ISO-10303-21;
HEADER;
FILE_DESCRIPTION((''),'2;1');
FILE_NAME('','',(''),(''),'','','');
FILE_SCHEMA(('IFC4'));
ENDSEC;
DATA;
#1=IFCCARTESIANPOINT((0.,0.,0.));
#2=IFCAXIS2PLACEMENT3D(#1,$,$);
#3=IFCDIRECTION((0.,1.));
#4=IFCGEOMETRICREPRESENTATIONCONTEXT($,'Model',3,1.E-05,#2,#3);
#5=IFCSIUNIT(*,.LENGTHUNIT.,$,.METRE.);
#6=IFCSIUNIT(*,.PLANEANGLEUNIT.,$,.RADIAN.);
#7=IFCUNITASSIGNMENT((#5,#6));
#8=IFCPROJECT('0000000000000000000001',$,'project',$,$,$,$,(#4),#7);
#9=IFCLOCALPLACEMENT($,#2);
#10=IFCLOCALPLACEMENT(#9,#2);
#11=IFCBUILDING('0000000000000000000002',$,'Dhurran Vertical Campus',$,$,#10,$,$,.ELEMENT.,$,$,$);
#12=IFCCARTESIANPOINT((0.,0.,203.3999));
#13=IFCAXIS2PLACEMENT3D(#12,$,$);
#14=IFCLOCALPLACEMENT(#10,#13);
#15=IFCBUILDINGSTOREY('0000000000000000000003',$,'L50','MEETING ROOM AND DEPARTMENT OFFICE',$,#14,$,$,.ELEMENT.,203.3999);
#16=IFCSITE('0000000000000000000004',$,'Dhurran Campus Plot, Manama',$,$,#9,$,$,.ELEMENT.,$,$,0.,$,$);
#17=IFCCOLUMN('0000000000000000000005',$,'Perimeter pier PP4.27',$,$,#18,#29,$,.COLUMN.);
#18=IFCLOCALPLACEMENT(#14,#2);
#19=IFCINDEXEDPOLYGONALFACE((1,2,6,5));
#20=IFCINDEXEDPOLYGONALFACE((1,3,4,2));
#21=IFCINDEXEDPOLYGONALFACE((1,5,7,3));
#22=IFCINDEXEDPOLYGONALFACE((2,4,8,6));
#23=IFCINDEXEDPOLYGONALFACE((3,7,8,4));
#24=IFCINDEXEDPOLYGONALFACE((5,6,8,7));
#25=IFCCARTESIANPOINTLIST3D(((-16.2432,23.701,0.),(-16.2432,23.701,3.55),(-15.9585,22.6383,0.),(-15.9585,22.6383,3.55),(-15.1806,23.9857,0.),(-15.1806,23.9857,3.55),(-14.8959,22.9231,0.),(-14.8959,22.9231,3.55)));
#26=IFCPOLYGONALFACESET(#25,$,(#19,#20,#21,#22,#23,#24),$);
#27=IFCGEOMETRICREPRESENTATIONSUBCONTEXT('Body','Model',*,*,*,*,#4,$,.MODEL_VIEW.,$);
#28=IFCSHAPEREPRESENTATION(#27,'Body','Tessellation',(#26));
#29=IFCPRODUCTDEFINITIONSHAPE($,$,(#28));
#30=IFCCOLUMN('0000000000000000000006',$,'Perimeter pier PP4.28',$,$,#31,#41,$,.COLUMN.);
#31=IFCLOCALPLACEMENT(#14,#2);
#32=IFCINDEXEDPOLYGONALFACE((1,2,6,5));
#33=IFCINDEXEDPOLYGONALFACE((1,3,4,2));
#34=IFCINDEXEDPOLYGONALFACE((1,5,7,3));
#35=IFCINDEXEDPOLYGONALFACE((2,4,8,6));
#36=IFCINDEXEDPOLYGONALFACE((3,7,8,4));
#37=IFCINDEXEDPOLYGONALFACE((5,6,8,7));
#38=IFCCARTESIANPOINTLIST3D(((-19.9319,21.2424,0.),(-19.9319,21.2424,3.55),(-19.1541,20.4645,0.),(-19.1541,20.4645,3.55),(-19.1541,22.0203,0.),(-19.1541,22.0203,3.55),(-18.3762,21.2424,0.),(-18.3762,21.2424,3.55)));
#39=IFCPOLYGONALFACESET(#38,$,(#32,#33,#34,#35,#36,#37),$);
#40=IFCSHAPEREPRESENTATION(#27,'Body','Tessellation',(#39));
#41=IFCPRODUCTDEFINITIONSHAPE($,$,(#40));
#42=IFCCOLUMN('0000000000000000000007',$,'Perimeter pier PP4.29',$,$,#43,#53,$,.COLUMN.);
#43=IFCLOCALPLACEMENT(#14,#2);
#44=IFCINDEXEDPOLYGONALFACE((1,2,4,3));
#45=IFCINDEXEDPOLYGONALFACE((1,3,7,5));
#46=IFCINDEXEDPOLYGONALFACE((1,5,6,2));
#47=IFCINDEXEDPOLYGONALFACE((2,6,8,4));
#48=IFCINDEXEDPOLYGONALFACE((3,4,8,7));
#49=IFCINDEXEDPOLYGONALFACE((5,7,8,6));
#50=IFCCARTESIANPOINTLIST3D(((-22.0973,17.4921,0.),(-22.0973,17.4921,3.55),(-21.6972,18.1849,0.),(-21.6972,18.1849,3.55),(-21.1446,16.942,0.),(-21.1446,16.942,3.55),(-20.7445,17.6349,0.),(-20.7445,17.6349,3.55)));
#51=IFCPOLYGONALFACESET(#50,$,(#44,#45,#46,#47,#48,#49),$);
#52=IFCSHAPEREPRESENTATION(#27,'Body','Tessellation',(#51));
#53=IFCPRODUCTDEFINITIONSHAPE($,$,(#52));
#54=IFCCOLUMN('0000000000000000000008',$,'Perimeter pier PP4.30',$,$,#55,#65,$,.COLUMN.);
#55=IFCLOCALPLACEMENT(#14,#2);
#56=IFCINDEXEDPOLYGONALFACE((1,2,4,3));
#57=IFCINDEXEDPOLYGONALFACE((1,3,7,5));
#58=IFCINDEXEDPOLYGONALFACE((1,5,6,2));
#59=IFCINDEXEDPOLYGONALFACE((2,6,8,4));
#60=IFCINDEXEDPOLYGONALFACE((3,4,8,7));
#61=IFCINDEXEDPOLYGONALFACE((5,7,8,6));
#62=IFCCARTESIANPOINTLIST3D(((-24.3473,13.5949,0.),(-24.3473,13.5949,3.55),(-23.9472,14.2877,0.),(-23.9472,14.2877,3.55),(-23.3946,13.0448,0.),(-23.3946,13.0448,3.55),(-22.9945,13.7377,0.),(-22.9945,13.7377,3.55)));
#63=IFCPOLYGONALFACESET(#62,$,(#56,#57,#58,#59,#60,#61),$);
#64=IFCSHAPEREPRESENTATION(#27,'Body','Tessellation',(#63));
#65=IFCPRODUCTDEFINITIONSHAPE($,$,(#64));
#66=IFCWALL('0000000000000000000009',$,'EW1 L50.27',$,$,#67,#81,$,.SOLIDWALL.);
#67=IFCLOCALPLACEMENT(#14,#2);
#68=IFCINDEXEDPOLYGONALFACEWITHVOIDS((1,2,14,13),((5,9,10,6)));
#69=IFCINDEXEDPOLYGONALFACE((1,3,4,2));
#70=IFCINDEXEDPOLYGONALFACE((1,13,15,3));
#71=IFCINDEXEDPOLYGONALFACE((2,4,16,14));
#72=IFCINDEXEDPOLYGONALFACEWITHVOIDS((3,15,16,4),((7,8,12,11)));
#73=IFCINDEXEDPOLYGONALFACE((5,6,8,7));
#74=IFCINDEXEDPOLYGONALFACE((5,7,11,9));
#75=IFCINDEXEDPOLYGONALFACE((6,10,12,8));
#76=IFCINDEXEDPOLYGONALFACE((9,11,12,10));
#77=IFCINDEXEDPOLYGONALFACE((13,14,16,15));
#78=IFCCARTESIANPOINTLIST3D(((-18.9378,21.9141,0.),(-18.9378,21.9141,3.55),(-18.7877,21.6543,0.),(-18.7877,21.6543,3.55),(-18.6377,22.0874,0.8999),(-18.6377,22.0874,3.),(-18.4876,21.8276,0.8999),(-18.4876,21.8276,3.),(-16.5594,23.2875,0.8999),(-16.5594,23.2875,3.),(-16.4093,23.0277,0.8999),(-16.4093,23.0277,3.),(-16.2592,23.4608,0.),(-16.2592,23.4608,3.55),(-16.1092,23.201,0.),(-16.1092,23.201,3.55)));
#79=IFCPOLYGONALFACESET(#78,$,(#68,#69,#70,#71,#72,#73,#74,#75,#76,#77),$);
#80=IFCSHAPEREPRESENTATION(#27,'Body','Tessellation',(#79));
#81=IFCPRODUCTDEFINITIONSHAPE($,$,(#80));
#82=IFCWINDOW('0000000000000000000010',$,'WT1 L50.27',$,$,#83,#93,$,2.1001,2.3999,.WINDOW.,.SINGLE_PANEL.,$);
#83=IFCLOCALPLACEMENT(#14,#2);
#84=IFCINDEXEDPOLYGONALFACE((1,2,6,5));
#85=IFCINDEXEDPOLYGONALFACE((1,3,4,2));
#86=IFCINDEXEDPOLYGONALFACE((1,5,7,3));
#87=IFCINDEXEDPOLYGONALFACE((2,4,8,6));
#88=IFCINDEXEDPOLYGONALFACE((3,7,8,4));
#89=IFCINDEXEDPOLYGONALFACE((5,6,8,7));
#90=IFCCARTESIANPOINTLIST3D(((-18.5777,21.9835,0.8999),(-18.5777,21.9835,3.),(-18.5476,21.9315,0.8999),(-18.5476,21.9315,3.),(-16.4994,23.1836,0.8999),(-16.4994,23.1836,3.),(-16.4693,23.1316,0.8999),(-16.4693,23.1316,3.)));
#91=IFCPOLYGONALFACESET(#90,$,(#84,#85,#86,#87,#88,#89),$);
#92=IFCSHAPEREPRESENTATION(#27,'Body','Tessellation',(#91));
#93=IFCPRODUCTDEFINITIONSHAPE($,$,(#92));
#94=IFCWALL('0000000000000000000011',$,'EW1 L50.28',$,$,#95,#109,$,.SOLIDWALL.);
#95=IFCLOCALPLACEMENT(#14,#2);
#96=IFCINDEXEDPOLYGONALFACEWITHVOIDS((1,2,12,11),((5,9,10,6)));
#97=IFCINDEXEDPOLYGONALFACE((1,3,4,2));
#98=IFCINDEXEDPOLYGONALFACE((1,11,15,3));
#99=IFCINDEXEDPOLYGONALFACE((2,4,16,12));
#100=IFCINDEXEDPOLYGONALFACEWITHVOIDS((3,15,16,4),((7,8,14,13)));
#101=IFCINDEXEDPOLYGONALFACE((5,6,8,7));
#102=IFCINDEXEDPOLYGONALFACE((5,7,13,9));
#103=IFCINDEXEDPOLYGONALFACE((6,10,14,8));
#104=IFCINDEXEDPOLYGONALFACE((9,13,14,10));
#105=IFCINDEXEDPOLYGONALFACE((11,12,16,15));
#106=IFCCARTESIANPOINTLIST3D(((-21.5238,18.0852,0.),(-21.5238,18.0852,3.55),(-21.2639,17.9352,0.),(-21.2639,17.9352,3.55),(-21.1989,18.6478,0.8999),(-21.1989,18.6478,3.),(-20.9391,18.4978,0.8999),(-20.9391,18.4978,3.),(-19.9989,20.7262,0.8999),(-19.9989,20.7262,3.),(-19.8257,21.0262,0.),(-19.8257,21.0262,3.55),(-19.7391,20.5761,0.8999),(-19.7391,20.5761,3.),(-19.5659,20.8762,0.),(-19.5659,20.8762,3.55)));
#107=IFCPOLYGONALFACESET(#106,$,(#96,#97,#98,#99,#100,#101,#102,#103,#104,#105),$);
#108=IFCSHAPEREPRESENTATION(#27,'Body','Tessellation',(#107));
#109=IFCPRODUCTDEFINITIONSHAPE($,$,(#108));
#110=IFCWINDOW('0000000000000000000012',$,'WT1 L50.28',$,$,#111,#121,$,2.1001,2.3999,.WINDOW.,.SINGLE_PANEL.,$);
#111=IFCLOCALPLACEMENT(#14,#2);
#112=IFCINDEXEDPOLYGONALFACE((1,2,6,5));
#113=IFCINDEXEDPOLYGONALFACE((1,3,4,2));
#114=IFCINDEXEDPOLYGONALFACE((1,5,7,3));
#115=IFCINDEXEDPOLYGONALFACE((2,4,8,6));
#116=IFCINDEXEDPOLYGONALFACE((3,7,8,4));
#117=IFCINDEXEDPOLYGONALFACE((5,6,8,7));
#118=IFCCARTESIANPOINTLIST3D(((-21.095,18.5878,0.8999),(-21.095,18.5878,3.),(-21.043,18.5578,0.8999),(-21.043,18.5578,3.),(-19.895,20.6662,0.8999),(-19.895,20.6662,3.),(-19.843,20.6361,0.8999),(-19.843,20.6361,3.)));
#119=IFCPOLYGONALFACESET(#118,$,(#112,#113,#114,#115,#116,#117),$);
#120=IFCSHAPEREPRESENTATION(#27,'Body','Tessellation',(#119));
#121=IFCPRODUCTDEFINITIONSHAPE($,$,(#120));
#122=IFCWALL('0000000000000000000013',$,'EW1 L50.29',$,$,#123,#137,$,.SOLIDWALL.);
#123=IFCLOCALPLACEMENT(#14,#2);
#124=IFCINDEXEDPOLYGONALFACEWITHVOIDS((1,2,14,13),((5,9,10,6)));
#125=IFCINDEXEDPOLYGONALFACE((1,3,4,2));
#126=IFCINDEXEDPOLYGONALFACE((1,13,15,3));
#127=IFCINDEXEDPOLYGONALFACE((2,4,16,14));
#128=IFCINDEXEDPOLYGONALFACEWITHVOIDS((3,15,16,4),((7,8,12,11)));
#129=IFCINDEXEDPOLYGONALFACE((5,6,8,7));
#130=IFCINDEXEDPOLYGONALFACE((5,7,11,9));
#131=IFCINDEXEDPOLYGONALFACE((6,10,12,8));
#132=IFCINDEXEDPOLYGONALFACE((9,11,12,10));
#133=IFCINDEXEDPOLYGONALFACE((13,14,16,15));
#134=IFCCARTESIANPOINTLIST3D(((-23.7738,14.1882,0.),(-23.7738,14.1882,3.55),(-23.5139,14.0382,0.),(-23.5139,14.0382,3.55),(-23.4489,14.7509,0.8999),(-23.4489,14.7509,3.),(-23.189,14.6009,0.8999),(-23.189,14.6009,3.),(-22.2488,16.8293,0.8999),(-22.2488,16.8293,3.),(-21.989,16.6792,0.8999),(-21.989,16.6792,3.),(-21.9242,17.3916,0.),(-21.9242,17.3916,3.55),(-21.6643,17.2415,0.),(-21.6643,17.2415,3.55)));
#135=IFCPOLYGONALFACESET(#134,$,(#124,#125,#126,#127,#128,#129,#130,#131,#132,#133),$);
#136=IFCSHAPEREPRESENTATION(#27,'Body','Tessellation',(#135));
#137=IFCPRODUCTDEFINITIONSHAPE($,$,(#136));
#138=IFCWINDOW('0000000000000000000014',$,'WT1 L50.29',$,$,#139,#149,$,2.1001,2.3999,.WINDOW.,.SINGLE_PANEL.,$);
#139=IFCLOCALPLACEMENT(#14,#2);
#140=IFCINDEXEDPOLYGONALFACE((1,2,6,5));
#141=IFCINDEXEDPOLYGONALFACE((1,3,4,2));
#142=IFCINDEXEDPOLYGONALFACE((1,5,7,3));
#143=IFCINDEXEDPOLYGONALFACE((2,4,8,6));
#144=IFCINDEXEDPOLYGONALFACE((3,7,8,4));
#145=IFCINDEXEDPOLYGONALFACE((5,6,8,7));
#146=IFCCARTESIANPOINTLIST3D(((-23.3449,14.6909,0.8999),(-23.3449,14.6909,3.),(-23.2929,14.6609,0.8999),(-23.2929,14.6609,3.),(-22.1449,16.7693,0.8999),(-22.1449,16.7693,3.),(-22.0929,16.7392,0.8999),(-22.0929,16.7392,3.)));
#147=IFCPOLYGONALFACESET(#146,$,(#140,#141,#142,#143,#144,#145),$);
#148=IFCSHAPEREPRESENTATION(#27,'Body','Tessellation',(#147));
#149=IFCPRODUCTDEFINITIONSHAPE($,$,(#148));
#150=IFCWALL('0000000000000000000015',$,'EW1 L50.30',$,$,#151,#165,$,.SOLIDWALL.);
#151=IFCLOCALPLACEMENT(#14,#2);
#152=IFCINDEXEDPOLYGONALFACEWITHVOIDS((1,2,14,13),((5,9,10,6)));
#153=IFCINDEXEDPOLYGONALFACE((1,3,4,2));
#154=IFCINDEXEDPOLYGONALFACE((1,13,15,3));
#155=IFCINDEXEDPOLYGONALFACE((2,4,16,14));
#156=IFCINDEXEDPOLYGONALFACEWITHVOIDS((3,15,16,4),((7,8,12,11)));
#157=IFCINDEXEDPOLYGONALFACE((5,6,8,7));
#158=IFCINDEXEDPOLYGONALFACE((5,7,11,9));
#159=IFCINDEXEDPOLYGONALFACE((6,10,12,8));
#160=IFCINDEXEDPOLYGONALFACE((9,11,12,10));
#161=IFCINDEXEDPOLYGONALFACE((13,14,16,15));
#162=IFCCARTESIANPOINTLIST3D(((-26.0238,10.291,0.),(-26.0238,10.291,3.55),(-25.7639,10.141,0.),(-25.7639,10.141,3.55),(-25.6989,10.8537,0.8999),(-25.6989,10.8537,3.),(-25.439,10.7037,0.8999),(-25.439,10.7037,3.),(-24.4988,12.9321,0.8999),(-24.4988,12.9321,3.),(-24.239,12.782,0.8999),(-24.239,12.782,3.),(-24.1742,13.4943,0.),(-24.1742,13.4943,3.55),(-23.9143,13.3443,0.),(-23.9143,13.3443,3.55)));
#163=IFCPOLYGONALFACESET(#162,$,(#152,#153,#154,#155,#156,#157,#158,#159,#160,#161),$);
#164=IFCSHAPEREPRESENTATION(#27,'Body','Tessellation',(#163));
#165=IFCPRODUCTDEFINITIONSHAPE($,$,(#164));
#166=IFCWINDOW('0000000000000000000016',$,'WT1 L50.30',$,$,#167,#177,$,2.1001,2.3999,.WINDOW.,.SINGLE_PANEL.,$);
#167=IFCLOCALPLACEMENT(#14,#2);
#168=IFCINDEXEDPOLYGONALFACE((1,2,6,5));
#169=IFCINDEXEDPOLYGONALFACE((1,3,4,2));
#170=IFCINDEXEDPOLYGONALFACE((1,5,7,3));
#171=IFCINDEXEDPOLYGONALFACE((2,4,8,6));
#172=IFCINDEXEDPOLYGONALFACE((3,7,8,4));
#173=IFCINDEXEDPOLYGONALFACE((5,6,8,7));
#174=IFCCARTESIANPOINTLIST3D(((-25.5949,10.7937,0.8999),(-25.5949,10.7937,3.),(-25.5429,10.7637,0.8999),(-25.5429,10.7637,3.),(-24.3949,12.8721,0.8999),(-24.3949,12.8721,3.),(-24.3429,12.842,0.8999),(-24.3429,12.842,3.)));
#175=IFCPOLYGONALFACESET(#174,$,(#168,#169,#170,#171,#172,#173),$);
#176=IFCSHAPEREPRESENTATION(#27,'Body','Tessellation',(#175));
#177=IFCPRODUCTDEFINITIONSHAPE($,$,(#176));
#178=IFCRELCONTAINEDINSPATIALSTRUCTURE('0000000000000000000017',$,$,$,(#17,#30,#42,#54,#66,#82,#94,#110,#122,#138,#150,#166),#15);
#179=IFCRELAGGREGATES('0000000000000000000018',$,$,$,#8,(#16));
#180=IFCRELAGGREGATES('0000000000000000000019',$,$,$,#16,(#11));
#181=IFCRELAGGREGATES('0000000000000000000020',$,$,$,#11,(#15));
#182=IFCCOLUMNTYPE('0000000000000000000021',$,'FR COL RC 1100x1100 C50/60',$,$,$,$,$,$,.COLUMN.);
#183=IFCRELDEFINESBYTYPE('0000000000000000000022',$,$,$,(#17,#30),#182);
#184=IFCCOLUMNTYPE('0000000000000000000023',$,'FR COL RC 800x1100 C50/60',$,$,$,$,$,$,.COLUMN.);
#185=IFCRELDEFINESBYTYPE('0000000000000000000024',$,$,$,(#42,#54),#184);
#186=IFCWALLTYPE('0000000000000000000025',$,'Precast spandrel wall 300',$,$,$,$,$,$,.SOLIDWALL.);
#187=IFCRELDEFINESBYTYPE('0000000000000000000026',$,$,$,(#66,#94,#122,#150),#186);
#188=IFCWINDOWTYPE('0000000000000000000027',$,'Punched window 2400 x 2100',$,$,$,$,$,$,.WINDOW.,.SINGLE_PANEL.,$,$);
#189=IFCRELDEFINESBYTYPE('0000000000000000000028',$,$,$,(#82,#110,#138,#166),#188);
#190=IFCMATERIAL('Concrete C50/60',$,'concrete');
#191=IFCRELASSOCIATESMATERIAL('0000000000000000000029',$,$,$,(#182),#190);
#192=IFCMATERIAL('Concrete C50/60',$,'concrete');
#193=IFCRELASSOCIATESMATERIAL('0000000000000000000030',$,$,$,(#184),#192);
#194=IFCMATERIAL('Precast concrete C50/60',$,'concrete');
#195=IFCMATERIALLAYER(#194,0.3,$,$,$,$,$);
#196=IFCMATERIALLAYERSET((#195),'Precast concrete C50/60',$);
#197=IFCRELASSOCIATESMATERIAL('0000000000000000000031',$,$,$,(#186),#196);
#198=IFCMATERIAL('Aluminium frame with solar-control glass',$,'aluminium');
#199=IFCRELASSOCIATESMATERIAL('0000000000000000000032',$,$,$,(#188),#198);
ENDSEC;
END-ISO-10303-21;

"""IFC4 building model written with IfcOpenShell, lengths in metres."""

from ifc_helpers import new_model, si_unit, direction, frame, frame_2d, origin, origin_2d, place, context, subcontext, project, spatial, rectangle, extrude, material, layer, layer_set, material_profile, profile_set, type_object, element, fill, save


model = new_model("IFC4")

# Units and contexts
model_context = context("Model", 3, precision=1e-05, world=origin(), true_north=direction((0.0, 1.0)))
body_context = subcontext(model_context, "Body", "Model", "MODEL_VIEW")
ifc_project = project(units=[si_unit("LENGTHUNIT", "METRE"), si_unit("PLANEANGLEUNIT", "RADIAN")], contexts=[model_context])

# Site, building, storey
site_placement = place(None, origin())
site = spatial("IfcSite", under=ifc_project, at=site_placement, Name="Dhurran Campus Plot, Manama", CompositionType="ELEMENT", RefElevation=0.0)
building_placement = place(site_placement, origin())
building = spatial("IfcBuilding", under=site, at=building_placement, Name="Dhurran Vertical Campus", CompositionType="ELEMENT")
storey_placement = place(building_placement, frame((0.0, 0.0, 203.3999)))
storey = spatial("IfcBuildingStorey", under=building, at=storey_placement, Name="L50", Description="MEETING ROOM AND DEPARTMENT OFFICE", CompositionType="ELEMENT", Elevation=203.3999)

# Columns
ifc_material_1 = material(Name="Concrete C50/60", Category="concrete")
ifc_material_profile_1 = material_profile(ifc_material_1, rectangle(XDim=1.1001, YDim=1.1001, at=origin_2d()), Name="RC 1100x1100")
ifc_profile_set_1 = profile_set([ifc_material_profile_1], Name="Concrete C50/60")
column_type_1 = type_object("IfcColumnType", Name="FR COL RC 1100x1100 C50/60", PredefinedType="COLUMN", material=ifc_profile_set_1)
for number, where, z_axis, x_axis, name in (
    (1, (-15.5696, 23.312, 0.0), (0.0, 0.0, 1.0), (-0.965926, -0.258819, 0.0), "Perimeter pier PP4.27"),
    (2, (-19.1541, 21.2424, 0.0), (0.0, 0.0, 1.0), (-0.707107, -0.707107, 0.0), "Perimeter pier PP4.28"),
):
    element("IfcColumn", number, at=place(storey_placement, frame(where, z_axis=z_axis, x_axis=x_axis)), inside=storey, type_object=column_type_1, Name=name, PredefinedType="COLUMN", context=body_context, shape_type="SweptSolid", body=[
        extrude(rectangle(XDim=1.1001, YDim=1.1001, at=origin_2d()), origin(), (0.0, 0.0, 1.0), 3.55),
    ])
ifc_material_2 = material(Name="Concrete C50/60", Category="concrete")
ifc_material_profile_2 = material_profile(ifc_material_2, rectangle(XDim=0.8, YDim=1.1001, at=origin_2d()), Name="RC 800x1100")
ifc_profile_set_2 = profile_set([ifc_material_profile_2], Name="Concrete C50/60")
column_type_2 = type_object("IfcColumnType", Name="FR COL RC 800x1100 C50/60", PredefinedType="COLUMN", material=ifc_profile_set_2)
for number, where, z_axis, x_axis, name in (
    (3, (-21.4209, 17.5635, 0.0), (0.0, 0.0, 1.0), (-0.5, -0.866025, 0.0), "Perimeter pier PP4.29"),
    (4, (-23.6709, 13.6663, 0.0), (0.0, 0.0, 1.0), (-0.5, -0.866025, 0.0), "Perimeter pier PP4.30"),
):
    element("IfcColumn", number, at=place(storey_placement, frame(where, z_axis=z_axis, x_axis=x_axis)), inside=storey, type_object=column_type_2, Name=name, PredefinedType="COLUMN", context=body_context, shape_type="SweptSolid", body=[
        extrude(rectangle(XDim=0.8, YDim=1.1001, at=origin_2d()), origin(), (0.0, 0.0, 1.0), 3.55),
    ])

# Walls, openings, windows
ifc_material_3 = material(Name="Precast concrete C50/60", Category="concrete")
ifc_layer_1 = layer(ifc_material_3, 0.3)
ifc_layer_set_1 = layer_set([ifc_layer_1], Name="Precast concrete C50/60")
wall_type_1 = type_object("IfcWallType", Name="Precast spandrel wall 300", PredefinedType="SOLIDWALL", material=ifc_layer_set_1)
wall_1_placement = place(storey_placement, frame((-16.1843, 23.3308, 0.0), z_axis=(0.0, 0.0, 1.0), x_axis=(-0.865995, -0.500053, 0.0)))
wall_1 = element("IfcWall", 5, at=wall_1_placement, inside=storey, type_object=wall_type_1, Name="EW1 L50.27", PredefinedType="SOLIDWALL", context=body_context, shape_type="SweptSolid", body=[
    extrude(rectangle(XDim=3.093, YDim=0.3, at=frame_2d((1.5464, 0.0))), origin(), (0.0, 0.0, 1.0), 3.55),
])
opening_1_placement = place(wall_1_placement, frame((0.3464, 0.0, 0.8999)))
opening_1 = element("IfcOpeningElement", 6, at=opening_1_placement, cuts=wall_1, PredefinedType="OPENING", context=body_context, shape_type="SweptSolid", body=[
    extrude(rectangle(XDim=2.3999, YDim=2.1001, at=frame_2d((1.2, 1.05))), frame((0.0, 0.1599, 0.0), z_axis=(0.0, -1.0, 0.0), x_axis=(1.0, 0.0, 0.0)), (0.0, 0.0, 1.0), 0.3201),
])
ifc_material_4 = material(Name="Aluminium frame with solar-control glass", Category="aluminium")
window_type = type_object("IfcWindowType", Name="Punched window 2400 x 2100", PartitioningType="SINGLE_PANEL", PredefinedType="WINDOW", material=ifc_material_4)
window_1_placement = place(opening_1_placement, origin())
window_1 = element("IfcWindow", 7, at=window_1_placement, inside=storey, type_object=window_type, Name="WT1 L50.27", OverallHeight=2.1001, OverallWidth=2.3999, PartitioningType="SINGLE_PANEL", PredefinedType="WINDOW", context=body_context, shape_type="SweptSolid", body=[
    extrude(rectangle(XDim=2.3999, YDim=2.1001, at=frame_2d((1.2, 1.05))), frame((0.0, 0.03, 0.0), z_axis=(0.0, -1.0, 0.0), x_axis=(1.0, 0.0, 0.0)), (0.0, 0.0, 1.0), 0.0601),
])
fill(opening_1, window_1)
wall_2_placement = place(storey_placement, frame((-19.6958, 20.9512, 0.0), z_axis=(0.0, 0.0, 1.0), x_axis=(-0.500013, -0.866018, 0.0)))
wall_2 = element("IfcWall", 8, at=wall_2_placement, inside=storey, type_object=wall_type_1, Name="EW1 L50.28", PredefinedType="SOLIDWALL", context=body_context, shape_type="SweptSolid", body=[
    extrude(rectangle(XDim=3.396, YDim=0.3, at=frame_2d((1.698, 0.0))), origin(), (0.0, 0.0, 1.0), 3.55),
])
opening_2_placement = place(wall_2_placement, frame((0.3464, 0.0, 0.8999)))
opening_2 = element("IfcOpeningElement", 9, at=opening_2_placement, cuts=wall_2, PredefinedType="OPENING", context=body_context, shape_type="SweptSolid", body=[
    extrude(rectangle(XDim=2.3999, YDim=2.1001, at=frame_2d((1.2, 1.05))), frame((0.0, 0.1599, 0.0), z_axis=(0.0, -1.0, 0.0), x_axis=(1.0, 0.0, 0.0)), (0.0, 0.0, 1.0), 0.3201),
])
window_2_placement = place(opening_2_placement, origin())
window_2 = element("IfcWindow", 10, at=window_2_placement, inside=storey, type_object=window_type, Name="WT1 L50.28", OverallHeight=2.1001, OverallWidth=2.3999, PartitioningType="SINGLE_PANEL", PredefinedType="WINDOW", context=body_context, shape_type="SweptSolid", body=[
    extrude(rectangle(XDim=2.3999, YDim=2.1001, at=frame_2d((1.2, 1.05))), frame((0.0, 0.03, 0.0), z_axis=(0.0, -1.0, 0.0), x_axis=(1.0, 0.0, 0.0)), (0.0, 0.0, 1.0), 0.0601),
])
fill(opening_2, window_2)
wall_3_placement = place(storey_placement, frame((-21.7942, 17.3167, 0.0), z_axis=(0.0, 0.0, 1.0), x_axis=(-0.500029, -0.866009, 0.0)))
wall_3 = element("IfcWall", 11, at=wall_3_placement, inside=storey, type_object=wall_type_1, Name="EW1 L50.29", PredefinedType="SOLIDWALL", context=body_context, shape_type="SweptSolid", body=[
    extrude(rectangle(XDim=3.699, YDim=0.3, at=frame_2d((1.8496, 0.0))), origin(), (0.0, 0.0, 1.0), 3.55),
])
opening_3_placement = place(wall_3_placement, frame((0.6494, 0.0, 0.8999)))
opening_3 = element("IfcOpeningElement", 12, at=opening_3_placement, cuts=wall_3, PredefinedType="OPENING", context=body_context, shape_type="SweptSolid", body=[
    extrude(rectangle(XDim=2.3999, YDim=2.1001, at=frame_2d((1.2, 1.05))), frame((0.0, 0.1599, 0.0), z_axis=(0.0, -1.0, 0.0), x_axis=(1.0, 0.0, 0.0)), (0.0, 0.0, 1.0), 0.3201),
])
window_3_placement = place(opening_3_placement, origin())
window_3 = element("IfcWindow", 13, at=window_3_placement, inside=storey, type_object=window_type, Name="WT1 L50.29", OverallHeight=2.1001, OverallWidth=2.3999, PartitioningType="SINGLE_PANEL", PredefinedType="WINDOW", context=body_context, shape_type="SweptSolid", body=[
    extrude(rectangle(XDim=2.3999, YDim=2.1001, at=frame_2d((1.2, 1.05))), frame((0.0, 0.03, 0.0), z_axis=(0.0, -1.0, 0.0), x_axis=(1.0, 0.0, 0.0)), (0.0, 0.0, 1.0), 0.0601),
])
fill(opening_3, window_3)
wall_4_placement = place(storey_placement, frame((-24.0442, 13.4194, 0.0), z_axis=(0.0, 0.0, 1.0), x_axis=(-0.500029, -0.866009, 0.0)))
wall_4 = element("IfcWall", 14, at=wall_4_placement, inside=storey, type_object=wall_type_1, Name="EW1 L50.30", PredefinedType="SOLIDWALL", context=body_context, shape_type="SweptSolid", body=[
    extrude(rectangle(XDim=3.699, YDim=0.3, at=frame_2d((1.8496, 0.0))), origin(), (0.0, 0.0, 1.0), 3.55),
])
opening_4_placement = place(wall_4_placement, frame((0.6494, 0.0, 0.8999)))
opening_4 = element("IfcOpeningElement", 15, at=opening_4_placement, cuts=wall_4, PredefinedType="OPENING", context=body_context, shape_type="SweptSolid", body=[
    extrude(rectangle(XDim=2.3999, YDim=2.1001, at=frame_2d((1.2, 1.05))), frame((0.0, 0.1599, 0.0), z_axis=(0.0, -1.0, 0.0), x_axis=(1.0, 0.0, 0.0)), (0.0, 0.0, 1.0), 0.3201),
])
window_4_placement = place(opening_4_placement, origin())
window_4 = element("IfcWindow", 16, at=window_4_placement, inside=storey, type_object=window_type, Name="WT1 L50.30", OverallHeight=2.1001, OverallWidth=2.3999, PartitioningType="SINGLE_PANEL", PredefinedType="WINDOW", context=body_context, shape_type="SweptSolid", body=[
    extrude(rectangle(XDim=2.3999, YDim=2.1001, at=frame_2d((1.2, 1.05))), frame((0.0, 0.03, 0.0), z_axis=(0.0, -1.0, 0.0), x_axis=(1.0, 0.0, 0.0)), (0.0, 0.0, 1.0), 0.0601),
])
fill(opening_4, window_4)

save(model, "model.ifc")
